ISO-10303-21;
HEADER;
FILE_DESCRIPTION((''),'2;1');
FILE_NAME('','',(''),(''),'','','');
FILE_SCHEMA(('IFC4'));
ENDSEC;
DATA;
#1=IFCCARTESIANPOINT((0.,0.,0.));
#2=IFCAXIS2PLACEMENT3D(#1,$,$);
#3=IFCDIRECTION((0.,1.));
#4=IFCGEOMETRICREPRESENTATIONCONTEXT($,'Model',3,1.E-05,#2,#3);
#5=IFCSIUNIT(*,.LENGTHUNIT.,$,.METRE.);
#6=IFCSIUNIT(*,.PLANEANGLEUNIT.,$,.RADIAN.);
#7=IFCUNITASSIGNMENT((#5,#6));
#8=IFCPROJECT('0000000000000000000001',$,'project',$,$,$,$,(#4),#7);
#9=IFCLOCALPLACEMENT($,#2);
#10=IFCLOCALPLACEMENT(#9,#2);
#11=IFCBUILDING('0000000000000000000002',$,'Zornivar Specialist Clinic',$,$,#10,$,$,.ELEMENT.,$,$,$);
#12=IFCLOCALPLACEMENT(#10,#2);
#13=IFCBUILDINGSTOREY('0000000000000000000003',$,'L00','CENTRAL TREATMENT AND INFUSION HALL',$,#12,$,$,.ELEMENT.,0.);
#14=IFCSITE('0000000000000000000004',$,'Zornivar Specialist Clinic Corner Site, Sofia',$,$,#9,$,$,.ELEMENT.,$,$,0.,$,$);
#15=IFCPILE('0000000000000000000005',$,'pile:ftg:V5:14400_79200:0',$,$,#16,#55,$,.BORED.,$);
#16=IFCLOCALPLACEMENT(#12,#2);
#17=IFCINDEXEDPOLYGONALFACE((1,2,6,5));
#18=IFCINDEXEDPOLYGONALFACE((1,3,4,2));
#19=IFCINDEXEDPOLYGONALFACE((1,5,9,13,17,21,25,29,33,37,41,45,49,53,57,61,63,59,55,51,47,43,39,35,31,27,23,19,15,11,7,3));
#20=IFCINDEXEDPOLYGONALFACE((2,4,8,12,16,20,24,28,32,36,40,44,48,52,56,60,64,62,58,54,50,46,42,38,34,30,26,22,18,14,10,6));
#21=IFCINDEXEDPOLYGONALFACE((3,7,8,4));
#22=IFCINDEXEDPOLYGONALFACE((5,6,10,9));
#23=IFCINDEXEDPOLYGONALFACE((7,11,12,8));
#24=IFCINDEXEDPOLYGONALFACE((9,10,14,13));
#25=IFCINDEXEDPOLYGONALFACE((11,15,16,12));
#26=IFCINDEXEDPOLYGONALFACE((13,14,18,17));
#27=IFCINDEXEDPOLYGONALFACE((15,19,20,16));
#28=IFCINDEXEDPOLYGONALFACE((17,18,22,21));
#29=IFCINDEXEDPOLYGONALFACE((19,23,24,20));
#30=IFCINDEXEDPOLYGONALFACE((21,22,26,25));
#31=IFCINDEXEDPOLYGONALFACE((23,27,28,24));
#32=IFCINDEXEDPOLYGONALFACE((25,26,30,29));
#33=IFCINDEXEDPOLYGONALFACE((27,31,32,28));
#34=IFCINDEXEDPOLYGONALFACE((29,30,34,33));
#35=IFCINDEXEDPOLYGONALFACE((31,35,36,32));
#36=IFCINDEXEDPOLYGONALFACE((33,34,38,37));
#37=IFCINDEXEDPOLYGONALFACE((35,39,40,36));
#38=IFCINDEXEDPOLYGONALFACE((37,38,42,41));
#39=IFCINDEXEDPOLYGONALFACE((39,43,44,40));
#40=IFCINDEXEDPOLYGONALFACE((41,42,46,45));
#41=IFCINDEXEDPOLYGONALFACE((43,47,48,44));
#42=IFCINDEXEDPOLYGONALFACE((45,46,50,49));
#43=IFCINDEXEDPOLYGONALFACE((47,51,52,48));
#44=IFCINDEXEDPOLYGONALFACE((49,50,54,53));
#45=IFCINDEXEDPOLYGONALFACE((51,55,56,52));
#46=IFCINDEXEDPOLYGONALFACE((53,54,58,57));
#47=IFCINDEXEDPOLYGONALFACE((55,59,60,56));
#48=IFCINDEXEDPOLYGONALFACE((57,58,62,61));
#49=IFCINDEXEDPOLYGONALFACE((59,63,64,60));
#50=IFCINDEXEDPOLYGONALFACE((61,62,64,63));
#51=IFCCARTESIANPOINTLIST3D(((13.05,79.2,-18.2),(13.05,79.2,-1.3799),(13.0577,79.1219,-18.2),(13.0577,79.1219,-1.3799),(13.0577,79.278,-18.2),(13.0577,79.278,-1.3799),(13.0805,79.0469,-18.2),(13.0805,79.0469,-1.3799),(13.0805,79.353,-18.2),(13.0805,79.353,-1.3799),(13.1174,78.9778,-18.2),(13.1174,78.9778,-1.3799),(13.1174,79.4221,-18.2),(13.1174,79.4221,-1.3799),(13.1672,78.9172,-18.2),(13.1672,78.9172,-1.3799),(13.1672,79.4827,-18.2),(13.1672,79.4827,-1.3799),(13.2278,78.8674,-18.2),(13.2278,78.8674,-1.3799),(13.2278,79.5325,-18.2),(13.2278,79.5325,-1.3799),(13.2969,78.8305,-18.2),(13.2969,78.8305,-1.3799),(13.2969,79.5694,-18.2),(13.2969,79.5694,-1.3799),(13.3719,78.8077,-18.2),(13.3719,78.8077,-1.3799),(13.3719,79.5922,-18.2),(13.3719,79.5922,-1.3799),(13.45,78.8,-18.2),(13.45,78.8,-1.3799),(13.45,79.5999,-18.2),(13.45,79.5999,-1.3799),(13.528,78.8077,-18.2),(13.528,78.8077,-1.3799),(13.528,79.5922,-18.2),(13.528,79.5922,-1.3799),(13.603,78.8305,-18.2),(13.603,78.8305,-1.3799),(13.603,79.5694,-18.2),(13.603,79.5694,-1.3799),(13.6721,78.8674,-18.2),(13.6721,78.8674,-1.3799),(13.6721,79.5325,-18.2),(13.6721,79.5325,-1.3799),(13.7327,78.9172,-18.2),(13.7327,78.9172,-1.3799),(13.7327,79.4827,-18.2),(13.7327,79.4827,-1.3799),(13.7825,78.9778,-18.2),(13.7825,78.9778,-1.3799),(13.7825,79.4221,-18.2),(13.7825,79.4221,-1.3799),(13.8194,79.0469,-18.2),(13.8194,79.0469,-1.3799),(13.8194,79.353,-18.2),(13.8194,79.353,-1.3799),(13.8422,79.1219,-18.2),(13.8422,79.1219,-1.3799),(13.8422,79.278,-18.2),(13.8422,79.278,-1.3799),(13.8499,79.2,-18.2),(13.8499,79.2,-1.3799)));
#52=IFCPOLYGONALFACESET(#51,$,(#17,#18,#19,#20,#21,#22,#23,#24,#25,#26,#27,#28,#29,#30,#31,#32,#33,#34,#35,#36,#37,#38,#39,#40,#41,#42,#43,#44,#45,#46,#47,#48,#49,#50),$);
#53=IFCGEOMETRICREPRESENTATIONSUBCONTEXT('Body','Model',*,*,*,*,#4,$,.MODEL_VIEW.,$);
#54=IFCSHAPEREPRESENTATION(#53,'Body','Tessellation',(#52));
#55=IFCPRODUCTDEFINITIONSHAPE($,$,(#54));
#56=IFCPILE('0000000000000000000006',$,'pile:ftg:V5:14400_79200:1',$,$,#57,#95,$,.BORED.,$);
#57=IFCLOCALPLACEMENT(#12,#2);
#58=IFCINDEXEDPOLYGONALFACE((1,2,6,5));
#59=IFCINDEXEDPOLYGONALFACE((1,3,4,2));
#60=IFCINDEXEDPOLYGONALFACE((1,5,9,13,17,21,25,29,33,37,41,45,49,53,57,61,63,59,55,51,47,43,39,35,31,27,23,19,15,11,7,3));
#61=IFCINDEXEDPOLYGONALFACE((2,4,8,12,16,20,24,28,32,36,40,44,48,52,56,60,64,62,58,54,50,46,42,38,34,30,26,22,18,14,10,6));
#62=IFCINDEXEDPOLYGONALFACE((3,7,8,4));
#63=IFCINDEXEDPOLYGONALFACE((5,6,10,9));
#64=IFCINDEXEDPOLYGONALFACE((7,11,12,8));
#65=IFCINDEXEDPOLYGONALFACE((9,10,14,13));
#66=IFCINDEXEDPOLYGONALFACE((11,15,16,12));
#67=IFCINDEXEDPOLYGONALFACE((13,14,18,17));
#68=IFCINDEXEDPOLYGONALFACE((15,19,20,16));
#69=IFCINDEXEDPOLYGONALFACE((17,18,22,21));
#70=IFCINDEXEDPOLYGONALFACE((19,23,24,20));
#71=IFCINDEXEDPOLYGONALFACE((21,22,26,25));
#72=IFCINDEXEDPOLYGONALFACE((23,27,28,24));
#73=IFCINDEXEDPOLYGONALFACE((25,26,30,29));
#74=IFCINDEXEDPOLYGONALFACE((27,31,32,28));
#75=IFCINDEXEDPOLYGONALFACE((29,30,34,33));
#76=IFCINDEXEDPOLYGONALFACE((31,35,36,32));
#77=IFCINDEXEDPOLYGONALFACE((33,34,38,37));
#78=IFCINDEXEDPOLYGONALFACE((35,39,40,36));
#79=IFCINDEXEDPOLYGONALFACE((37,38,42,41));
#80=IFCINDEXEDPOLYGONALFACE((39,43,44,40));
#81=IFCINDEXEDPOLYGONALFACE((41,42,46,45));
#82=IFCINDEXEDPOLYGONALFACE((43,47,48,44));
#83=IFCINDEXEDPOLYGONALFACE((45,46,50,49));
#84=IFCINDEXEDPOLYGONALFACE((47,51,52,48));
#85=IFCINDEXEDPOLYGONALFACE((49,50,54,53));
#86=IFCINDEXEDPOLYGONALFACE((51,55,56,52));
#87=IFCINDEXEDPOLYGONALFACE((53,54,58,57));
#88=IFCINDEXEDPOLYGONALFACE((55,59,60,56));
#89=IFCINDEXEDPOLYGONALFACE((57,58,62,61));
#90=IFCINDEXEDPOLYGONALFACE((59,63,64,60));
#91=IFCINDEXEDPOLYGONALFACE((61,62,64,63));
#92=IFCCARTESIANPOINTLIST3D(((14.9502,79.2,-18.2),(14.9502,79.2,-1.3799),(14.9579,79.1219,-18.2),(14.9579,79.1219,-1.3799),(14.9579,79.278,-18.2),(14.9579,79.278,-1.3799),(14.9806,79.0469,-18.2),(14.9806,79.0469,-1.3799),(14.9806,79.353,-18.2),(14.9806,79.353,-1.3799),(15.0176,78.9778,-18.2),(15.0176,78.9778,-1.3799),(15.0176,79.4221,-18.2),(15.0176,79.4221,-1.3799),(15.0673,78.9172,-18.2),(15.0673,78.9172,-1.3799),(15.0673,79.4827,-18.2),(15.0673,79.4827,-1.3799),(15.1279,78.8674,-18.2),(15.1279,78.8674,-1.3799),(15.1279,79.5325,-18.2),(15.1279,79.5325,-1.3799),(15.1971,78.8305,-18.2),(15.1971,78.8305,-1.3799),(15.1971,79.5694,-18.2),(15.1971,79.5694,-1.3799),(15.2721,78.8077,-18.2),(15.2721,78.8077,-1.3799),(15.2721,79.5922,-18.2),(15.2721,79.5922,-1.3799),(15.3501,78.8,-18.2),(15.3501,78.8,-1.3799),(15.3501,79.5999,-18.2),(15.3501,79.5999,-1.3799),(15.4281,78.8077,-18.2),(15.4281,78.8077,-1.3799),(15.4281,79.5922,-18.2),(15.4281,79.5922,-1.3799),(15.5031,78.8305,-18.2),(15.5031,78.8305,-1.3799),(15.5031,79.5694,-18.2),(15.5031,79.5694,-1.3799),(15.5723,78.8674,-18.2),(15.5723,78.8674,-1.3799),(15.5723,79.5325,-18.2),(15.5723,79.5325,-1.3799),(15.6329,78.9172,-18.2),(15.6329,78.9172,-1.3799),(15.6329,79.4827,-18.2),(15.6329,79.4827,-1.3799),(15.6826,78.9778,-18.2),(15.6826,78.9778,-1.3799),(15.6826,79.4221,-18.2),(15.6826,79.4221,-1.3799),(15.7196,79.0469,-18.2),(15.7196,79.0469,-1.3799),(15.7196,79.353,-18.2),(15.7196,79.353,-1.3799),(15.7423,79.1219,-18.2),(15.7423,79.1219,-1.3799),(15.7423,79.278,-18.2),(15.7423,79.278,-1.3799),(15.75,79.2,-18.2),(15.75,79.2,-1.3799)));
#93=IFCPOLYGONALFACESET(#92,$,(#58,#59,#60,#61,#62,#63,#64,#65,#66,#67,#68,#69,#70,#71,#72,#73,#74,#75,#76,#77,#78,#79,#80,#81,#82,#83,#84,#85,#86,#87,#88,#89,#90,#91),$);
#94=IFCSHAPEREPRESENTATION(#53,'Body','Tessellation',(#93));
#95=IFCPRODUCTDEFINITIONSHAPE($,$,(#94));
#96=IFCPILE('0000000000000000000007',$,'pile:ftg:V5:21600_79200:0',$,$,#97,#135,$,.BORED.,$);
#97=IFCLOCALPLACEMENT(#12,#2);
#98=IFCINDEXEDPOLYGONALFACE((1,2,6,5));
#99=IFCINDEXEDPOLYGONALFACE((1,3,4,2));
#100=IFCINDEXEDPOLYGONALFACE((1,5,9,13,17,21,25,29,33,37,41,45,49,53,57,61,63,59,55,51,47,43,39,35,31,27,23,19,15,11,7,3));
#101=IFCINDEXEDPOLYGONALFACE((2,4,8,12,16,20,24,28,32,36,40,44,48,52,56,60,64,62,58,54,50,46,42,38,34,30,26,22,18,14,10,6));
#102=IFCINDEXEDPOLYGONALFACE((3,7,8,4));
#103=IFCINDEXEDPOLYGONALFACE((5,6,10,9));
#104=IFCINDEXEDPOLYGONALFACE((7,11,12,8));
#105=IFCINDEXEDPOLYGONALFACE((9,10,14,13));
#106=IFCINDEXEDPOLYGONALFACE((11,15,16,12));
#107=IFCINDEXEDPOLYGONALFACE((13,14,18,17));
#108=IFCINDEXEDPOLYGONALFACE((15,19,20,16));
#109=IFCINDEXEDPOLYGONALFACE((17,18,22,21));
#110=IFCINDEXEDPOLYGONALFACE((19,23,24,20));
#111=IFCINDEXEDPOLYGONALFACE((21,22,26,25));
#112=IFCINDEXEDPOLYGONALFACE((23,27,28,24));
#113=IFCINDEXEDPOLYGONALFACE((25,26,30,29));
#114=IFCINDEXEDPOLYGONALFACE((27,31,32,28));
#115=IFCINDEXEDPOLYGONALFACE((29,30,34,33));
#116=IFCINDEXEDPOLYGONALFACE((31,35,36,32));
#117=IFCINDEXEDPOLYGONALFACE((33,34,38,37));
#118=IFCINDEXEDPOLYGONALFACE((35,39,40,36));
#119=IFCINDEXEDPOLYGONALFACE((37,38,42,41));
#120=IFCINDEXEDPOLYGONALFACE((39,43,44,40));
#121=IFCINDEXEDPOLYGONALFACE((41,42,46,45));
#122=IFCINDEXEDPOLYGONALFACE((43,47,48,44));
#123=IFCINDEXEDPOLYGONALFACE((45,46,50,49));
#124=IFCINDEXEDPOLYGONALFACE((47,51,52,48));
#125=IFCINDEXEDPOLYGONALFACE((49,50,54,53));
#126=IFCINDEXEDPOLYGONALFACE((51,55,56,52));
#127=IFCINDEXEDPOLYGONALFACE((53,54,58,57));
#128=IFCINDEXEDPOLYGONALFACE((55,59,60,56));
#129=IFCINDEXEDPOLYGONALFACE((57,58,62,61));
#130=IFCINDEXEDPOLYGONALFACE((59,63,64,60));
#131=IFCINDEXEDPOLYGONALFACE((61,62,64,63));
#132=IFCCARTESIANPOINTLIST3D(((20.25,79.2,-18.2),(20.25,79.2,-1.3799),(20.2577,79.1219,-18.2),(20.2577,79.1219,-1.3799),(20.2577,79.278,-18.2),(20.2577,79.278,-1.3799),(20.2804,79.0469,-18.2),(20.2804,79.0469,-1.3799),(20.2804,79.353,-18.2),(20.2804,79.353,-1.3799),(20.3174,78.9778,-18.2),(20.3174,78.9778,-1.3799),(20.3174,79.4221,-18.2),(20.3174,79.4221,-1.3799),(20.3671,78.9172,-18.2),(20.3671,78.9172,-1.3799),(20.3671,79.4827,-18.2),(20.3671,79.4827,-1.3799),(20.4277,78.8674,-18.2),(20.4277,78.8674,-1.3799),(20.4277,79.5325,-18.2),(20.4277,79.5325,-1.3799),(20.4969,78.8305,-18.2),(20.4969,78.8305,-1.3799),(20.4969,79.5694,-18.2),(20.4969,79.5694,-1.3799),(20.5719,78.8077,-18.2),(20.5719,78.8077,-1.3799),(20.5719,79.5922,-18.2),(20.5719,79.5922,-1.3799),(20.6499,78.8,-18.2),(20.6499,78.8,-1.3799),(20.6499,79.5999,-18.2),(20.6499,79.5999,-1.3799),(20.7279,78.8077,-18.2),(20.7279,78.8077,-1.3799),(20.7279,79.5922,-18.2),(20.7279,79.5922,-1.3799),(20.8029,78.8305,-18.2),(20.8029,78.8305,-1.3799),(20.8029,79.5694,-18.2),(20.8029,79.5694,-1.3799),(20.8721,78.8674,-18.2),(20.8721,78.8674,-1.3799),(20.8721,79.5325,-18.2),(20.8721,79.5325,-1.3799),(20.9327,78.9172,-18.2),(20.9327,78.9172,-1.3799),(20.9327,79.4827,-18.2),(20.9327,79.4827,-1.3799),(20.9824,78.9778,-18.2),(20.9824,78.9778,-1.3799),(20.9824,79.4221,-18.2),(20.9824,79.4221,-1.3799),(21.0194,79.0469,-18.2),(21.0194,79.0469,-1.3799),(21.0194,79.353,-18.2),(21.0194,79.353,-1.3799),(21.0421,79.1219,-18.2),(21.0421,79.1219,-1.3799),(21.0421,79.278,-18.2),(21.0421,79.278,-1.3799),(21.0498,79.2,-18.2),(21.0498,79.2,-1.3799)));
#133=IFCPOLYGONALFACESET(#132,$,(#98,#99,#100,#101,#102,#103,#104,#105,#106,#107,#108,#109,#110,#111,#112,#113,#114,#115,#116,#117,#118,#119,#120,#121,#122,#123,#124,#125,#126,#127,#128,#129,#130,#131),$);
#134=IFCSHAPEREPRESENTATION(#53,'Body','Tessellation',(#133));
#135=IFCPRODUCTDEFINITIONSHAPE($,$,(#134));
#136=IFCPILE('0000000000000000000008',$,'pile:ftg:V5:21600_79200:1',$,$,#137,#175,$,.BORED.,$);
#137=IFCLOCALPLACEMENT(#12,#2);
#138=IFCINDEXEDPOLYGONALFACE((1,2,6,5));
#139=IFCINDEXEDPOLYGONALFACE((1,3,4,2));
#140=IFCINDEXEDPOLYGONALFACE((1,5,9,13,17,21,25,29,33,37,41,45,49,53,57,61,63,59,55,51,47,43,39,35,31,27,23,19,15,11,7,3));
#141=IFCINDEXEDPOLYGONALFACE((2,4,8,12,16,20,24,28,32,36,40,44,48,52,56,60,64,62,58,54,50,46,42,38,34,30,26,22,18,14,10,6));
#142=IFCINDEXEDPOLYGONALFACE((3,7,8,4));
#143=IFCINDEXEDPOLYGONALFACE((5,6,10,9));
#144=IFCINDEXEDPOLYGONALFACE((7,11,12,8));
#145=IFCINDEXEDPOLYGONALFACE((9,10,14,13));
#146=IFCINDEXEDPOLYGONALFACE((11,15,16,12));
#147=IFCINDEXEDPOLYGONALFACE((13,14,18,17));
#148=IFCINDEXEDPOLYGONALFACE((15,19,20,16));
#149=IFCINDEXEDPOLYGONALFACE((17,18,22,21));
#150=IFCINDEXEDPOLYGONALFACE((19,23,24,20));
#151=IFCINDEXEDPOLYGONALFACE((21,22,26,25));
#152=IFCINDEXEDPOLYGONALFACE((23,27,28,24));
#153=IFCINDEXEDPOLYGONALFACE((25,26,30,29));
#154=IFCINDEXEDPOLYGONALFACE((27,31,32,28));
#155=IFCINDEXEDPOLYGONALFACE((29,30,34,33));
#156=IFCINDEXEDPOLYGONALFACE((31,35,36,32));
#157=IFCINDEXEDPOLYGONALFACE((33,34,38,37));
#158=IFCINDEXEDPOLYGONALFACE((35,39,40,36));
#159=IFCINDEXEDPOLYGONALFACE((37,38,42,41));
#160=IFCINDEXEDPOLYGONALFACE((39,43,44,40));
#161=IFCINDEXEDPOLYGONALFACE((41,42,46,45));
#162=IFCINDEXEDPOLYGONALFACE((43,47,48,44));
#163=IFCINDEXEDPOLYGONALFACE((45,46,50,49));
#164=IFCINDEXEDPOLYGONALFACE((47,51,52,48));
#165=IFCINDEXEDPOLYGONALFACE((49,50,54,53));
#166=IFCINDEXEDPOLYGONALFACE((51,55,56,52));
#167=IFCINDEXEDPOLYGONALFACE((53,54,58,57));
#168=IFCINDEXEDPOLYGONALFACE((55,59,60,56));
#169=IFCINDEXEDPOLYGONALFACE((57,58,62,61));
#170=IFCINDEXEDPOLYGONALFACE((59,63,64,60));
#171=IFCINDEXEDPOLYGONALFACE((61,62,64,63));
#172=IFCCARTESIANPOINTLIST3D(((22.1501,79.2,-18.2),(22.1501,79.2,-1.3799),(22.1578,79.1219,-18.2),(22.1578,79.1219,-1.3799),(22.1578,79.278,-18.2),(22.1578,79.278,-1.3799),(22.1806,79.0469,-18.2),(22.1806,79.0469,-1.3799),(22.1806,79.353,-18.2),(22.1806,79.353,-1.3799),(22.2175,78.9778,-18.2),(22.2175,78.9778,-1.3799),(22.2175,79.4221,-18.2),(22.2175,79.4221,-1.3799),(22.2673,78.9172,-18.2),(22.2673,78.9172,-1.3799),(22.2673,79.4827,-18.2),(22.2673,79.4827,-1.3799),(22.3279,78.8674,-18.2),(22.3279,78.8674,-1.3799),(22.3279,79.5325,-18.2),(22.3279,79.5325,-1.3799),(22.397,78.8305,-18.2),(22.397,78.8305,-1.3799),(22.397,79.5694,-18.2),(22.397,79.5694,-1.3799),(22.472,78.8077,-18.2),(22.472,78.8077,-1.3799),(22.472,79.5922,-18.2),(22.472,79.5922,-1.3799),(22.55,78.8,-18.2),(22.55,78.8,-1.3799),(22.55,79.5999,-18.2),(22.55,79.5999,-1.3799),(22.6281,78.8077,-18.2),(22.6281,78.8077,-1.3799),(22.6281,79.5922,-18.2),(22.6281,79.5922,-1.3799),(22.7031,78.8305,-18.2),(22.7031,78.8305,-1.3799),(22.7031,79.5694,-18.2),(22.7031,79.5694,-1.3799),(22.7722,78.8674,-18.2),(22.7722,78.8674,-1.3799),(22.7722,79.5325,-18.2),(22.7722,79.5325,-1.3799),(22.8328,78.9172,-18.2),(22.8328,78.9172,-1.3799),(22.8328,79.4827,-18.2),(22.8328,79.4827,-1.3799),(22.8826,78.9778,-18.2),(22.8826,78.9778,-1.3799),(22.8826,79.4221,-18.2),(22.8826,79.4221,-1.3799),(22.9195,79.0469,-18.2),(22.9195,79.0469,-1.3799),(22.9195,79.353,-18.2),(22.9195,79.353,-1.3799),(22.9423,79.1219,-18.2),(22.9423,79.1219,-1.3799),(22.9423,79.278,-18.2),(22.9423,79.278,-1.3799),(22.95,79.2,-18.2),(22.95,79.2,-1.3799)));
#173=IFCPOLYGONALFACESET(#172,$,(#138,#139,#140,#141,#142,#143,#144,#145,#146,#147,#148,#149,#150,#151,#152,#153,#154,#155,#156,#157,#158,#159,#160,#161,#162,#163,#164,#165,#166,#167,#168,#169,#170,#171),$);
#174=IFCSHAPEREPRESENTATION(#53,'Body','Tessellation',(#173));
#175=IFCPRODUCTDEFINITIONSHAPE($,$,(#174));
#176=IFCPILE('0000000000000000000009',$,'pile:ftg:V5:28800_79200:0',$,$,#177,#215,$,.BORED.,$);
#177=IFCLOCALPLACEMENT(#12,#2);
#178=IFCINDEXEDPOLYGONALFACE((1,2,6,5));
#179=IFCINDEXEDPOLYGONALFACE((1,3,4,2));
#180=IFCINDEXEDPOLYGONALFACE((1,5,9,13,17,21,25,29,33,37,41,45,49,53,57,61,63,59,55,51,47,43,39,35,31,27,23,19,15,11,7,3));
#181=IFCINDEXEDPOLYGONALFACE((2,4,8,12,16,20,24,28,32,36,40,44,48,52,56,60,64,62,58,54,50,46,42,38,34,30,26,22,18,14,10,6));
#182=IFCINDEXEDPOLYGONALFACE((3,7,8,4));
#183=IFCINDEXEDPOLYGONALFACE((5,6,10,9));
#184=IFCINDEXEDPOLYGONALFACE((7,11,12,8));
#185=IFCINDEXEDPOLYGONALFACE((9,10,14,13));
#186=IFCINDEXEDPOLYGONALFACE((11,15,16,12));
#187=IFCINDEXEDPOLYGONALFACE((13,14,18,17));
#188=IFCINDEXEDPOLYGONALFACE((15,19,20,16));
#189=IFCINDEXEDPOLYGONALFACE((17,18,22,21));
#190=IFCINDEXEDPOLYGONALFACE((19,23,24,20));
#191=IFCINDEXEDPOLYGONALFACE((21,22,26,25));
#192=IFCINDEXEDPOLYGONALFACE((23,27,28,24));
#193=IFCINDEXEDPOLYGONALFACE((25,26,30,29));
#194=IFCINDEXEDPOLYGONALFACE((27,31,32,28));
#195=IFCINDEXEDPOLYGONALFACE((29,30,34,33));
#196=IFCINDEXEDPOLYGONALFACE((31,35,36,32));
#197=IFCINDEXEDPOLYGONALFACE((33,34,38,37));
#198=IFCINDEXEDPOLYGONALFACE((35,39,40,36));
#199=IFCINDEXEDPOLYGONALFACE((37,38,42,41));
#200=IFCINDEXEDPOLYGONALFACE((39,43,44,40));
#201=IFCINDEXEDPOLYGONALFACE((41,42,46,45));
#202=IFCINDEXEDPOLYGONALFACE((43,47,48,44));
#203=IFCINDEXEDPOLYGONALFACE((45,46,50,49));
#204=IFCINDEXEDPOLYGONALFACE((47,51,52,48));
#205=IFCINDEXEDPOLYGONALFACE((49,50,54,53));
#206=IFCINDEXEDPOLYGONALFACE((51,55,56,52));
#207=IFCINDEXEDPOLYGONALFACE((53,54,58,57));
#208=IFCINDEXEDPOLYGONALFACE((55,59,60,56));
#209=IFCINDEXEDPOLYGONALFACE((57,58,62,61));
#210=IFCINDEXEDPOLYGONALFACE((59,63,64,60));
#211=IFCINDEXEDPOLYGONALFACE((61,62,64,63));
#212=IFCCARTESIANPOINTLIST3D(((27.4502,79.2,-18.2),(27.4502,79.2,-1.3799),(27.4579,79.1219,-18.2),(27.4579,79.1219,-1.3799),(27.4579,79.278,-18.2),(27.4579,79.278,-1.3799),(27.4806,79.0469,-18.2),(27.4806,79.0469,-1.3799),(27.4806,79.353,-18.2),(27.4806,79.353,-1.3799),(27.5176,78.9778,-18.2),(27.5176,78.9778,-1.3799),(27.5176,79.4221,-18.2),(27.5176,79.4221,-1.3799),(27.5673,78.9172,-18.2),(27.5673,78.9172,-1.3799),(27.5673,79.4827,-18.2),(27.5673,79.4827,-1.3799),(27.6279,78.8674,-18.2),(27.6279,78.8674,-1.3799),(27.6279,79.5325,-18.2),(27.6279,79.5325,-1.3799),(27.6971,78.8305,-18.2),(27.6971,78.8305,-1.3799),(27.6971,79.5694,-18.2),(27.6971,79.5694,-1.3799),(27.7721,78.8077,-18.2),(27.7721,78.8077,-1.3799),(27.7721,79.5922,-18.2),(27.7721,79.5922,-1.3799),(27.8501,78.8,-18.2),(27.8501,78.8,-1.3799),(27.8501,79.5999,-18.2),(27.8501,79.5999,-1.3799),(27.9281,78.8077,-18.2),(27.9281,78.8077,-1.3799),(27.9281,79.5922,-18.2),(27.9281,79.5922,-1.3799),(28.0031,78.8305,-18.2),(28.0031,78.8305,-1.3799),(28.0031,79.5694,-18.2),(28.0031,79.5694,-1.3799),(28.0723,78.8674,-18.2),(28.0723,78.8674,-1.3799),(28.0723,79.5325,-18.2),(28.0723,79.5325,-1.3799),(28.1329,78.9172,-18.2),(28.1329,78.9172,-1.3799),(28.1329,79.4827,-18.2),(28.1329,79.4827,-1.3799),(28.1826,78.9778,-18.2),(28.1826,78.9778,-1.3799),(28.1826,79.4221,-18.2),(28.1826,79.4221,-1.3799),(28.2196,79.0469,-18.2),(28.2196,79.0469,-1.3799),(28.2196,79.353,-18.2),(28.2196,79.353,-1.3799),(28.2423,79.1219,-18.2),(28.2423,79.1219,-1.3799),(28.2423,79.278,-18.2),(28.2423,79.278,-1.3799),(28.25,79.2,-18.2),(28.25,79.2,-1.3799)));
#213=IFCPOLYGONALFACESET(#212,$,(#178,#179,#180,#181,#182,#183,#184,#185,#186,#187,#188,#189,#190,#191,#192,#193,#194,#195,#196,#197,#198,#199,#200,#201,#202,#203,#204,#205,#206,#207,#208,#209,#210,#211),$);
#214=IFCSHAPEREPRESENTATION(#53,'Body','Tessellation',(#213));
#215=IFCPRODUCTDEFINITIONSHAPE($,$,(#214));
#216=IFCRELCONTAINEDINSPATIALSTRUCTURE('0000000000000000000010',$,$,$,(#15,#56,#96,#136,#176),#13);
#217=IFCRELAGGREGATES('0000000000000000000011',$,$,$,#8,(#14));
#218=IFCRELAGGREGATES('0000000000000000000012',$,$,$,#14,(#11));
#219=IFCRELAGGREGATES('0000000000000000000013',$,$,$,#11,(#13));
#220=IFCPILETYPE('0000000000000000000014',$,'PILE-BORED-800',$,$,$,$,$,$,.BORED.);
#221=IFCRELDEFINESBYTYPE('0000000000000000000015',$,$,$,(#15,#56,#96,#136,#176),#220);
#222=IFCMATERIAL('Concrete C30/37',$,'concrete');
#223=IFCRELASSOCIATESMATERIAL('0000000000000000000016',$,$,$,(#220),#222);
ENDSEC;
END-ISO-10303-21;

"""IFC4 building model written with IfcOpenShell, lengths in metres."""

from ifc_helpers import new_model, si_unit, direction, frame, origin, origin_2d, place, context, subcontext, project, spatial, circle, extrude, material, material_profile, profile_set, type_object, element, save


model = new_model("IFC4")

# Units and contexts
model_context = context("Model", 3, precision=1e-05, world=origin(), true_north=direction((0.0, 1.0)))
body_context = subcontext(model_context, "Body", "Model", "MODEL_VIEW")
ifc_project = project(units=[si_unit("LENGTHUNIT", "METRE"), si_unit("PLANEANGLEUNIT", "RADIAN")], contexts=[model_context])

# Site, building, storey
site_placement = place(None, origin())
site = spatial("IfcSite", under=ifc_project, at=site_placement, Name="Zornivar Specialist Clinic Corner Site, Sofia", CompositionType="ELEMENT", RefElevation=0.0)
building_placement = place(site_placement, origin())
building = spatial("IfcBuilding", under=site, at=building_placement, Name="Zornivar Specialist Clinic", CompositionType="ELEMENT")
storey_placement = place(building_placement, origin())
storey = spatial("IfcBuildingStorey", under=building, at=storey_placement, Name="L00", Description="CENTRAL TREATMENT AND INFUSION HALL", CompositionType="ELEMENT", Elevation=0.0)

# Piles
ifc_material_1 = material(Name="Concrete C30/37", Category="concrete")
ifc_material_profile_1 = material_profile(ifc_material_1, circle(Radius=0.3999, at=origin_2d()), Name="PILE D800")
ifc_profile_set_1 = profile_set([ifc_material_profile_1], Name="Concrete C30/37")
pile_type_1 = type_object("IfcPileType", Name="PILE-BORED-800", PredefinedType="BORED", material=ifc_profile_set_1)
for number, where, z_axis, x_axis, name in (
    (1, (13.45, 79.2, -1.3799), (0.0, 0.0, -1.0), (1.0, 0.0, 0.0), "pile:ftg:V5:14400_79200:0"),
    (2, (15.3501, 79.2, -1.3799), (0.0, 0.0, -1.0), (1.0, 0.0, 0.0), "pile:ftg:V5:14400_79200:1"),
    (3, (20.6499, 79.2, -1.3799), (0.0, 0.0, -1.0), (1.0, 0.0, 0.0), "pile:ftg:V5:21600_79200:0"),
    (4, (22.55, 79.2, -1.3799), (0.0, 0.0, -1.0), (1.0, 0.0, 0.0), "pile:ftg:V5:21600_79200:1"),
    (5, (27.8501, 79.2, -1.3799), (0.0, 0.0, -1.0), (1.0, 0.0, 0.0), "pile:ftg:V5:28800_79200:0"),
):
    element("IfcPile", number, at=place(storey_placement, frame(where, z_axis=z_axis, x_axis=x_axis)), inside=storey, type_object=pile_type_1, Name=name, PredefinedType="BORED", context=body_context, shape_type="SweptSolid", body=[
        extrude(circle(Radius=0.3999, at=origin_2d()), origin(), (0.0, 0.0, 1.0), 16.8201),
    ])

save(model, "model.ifc")
